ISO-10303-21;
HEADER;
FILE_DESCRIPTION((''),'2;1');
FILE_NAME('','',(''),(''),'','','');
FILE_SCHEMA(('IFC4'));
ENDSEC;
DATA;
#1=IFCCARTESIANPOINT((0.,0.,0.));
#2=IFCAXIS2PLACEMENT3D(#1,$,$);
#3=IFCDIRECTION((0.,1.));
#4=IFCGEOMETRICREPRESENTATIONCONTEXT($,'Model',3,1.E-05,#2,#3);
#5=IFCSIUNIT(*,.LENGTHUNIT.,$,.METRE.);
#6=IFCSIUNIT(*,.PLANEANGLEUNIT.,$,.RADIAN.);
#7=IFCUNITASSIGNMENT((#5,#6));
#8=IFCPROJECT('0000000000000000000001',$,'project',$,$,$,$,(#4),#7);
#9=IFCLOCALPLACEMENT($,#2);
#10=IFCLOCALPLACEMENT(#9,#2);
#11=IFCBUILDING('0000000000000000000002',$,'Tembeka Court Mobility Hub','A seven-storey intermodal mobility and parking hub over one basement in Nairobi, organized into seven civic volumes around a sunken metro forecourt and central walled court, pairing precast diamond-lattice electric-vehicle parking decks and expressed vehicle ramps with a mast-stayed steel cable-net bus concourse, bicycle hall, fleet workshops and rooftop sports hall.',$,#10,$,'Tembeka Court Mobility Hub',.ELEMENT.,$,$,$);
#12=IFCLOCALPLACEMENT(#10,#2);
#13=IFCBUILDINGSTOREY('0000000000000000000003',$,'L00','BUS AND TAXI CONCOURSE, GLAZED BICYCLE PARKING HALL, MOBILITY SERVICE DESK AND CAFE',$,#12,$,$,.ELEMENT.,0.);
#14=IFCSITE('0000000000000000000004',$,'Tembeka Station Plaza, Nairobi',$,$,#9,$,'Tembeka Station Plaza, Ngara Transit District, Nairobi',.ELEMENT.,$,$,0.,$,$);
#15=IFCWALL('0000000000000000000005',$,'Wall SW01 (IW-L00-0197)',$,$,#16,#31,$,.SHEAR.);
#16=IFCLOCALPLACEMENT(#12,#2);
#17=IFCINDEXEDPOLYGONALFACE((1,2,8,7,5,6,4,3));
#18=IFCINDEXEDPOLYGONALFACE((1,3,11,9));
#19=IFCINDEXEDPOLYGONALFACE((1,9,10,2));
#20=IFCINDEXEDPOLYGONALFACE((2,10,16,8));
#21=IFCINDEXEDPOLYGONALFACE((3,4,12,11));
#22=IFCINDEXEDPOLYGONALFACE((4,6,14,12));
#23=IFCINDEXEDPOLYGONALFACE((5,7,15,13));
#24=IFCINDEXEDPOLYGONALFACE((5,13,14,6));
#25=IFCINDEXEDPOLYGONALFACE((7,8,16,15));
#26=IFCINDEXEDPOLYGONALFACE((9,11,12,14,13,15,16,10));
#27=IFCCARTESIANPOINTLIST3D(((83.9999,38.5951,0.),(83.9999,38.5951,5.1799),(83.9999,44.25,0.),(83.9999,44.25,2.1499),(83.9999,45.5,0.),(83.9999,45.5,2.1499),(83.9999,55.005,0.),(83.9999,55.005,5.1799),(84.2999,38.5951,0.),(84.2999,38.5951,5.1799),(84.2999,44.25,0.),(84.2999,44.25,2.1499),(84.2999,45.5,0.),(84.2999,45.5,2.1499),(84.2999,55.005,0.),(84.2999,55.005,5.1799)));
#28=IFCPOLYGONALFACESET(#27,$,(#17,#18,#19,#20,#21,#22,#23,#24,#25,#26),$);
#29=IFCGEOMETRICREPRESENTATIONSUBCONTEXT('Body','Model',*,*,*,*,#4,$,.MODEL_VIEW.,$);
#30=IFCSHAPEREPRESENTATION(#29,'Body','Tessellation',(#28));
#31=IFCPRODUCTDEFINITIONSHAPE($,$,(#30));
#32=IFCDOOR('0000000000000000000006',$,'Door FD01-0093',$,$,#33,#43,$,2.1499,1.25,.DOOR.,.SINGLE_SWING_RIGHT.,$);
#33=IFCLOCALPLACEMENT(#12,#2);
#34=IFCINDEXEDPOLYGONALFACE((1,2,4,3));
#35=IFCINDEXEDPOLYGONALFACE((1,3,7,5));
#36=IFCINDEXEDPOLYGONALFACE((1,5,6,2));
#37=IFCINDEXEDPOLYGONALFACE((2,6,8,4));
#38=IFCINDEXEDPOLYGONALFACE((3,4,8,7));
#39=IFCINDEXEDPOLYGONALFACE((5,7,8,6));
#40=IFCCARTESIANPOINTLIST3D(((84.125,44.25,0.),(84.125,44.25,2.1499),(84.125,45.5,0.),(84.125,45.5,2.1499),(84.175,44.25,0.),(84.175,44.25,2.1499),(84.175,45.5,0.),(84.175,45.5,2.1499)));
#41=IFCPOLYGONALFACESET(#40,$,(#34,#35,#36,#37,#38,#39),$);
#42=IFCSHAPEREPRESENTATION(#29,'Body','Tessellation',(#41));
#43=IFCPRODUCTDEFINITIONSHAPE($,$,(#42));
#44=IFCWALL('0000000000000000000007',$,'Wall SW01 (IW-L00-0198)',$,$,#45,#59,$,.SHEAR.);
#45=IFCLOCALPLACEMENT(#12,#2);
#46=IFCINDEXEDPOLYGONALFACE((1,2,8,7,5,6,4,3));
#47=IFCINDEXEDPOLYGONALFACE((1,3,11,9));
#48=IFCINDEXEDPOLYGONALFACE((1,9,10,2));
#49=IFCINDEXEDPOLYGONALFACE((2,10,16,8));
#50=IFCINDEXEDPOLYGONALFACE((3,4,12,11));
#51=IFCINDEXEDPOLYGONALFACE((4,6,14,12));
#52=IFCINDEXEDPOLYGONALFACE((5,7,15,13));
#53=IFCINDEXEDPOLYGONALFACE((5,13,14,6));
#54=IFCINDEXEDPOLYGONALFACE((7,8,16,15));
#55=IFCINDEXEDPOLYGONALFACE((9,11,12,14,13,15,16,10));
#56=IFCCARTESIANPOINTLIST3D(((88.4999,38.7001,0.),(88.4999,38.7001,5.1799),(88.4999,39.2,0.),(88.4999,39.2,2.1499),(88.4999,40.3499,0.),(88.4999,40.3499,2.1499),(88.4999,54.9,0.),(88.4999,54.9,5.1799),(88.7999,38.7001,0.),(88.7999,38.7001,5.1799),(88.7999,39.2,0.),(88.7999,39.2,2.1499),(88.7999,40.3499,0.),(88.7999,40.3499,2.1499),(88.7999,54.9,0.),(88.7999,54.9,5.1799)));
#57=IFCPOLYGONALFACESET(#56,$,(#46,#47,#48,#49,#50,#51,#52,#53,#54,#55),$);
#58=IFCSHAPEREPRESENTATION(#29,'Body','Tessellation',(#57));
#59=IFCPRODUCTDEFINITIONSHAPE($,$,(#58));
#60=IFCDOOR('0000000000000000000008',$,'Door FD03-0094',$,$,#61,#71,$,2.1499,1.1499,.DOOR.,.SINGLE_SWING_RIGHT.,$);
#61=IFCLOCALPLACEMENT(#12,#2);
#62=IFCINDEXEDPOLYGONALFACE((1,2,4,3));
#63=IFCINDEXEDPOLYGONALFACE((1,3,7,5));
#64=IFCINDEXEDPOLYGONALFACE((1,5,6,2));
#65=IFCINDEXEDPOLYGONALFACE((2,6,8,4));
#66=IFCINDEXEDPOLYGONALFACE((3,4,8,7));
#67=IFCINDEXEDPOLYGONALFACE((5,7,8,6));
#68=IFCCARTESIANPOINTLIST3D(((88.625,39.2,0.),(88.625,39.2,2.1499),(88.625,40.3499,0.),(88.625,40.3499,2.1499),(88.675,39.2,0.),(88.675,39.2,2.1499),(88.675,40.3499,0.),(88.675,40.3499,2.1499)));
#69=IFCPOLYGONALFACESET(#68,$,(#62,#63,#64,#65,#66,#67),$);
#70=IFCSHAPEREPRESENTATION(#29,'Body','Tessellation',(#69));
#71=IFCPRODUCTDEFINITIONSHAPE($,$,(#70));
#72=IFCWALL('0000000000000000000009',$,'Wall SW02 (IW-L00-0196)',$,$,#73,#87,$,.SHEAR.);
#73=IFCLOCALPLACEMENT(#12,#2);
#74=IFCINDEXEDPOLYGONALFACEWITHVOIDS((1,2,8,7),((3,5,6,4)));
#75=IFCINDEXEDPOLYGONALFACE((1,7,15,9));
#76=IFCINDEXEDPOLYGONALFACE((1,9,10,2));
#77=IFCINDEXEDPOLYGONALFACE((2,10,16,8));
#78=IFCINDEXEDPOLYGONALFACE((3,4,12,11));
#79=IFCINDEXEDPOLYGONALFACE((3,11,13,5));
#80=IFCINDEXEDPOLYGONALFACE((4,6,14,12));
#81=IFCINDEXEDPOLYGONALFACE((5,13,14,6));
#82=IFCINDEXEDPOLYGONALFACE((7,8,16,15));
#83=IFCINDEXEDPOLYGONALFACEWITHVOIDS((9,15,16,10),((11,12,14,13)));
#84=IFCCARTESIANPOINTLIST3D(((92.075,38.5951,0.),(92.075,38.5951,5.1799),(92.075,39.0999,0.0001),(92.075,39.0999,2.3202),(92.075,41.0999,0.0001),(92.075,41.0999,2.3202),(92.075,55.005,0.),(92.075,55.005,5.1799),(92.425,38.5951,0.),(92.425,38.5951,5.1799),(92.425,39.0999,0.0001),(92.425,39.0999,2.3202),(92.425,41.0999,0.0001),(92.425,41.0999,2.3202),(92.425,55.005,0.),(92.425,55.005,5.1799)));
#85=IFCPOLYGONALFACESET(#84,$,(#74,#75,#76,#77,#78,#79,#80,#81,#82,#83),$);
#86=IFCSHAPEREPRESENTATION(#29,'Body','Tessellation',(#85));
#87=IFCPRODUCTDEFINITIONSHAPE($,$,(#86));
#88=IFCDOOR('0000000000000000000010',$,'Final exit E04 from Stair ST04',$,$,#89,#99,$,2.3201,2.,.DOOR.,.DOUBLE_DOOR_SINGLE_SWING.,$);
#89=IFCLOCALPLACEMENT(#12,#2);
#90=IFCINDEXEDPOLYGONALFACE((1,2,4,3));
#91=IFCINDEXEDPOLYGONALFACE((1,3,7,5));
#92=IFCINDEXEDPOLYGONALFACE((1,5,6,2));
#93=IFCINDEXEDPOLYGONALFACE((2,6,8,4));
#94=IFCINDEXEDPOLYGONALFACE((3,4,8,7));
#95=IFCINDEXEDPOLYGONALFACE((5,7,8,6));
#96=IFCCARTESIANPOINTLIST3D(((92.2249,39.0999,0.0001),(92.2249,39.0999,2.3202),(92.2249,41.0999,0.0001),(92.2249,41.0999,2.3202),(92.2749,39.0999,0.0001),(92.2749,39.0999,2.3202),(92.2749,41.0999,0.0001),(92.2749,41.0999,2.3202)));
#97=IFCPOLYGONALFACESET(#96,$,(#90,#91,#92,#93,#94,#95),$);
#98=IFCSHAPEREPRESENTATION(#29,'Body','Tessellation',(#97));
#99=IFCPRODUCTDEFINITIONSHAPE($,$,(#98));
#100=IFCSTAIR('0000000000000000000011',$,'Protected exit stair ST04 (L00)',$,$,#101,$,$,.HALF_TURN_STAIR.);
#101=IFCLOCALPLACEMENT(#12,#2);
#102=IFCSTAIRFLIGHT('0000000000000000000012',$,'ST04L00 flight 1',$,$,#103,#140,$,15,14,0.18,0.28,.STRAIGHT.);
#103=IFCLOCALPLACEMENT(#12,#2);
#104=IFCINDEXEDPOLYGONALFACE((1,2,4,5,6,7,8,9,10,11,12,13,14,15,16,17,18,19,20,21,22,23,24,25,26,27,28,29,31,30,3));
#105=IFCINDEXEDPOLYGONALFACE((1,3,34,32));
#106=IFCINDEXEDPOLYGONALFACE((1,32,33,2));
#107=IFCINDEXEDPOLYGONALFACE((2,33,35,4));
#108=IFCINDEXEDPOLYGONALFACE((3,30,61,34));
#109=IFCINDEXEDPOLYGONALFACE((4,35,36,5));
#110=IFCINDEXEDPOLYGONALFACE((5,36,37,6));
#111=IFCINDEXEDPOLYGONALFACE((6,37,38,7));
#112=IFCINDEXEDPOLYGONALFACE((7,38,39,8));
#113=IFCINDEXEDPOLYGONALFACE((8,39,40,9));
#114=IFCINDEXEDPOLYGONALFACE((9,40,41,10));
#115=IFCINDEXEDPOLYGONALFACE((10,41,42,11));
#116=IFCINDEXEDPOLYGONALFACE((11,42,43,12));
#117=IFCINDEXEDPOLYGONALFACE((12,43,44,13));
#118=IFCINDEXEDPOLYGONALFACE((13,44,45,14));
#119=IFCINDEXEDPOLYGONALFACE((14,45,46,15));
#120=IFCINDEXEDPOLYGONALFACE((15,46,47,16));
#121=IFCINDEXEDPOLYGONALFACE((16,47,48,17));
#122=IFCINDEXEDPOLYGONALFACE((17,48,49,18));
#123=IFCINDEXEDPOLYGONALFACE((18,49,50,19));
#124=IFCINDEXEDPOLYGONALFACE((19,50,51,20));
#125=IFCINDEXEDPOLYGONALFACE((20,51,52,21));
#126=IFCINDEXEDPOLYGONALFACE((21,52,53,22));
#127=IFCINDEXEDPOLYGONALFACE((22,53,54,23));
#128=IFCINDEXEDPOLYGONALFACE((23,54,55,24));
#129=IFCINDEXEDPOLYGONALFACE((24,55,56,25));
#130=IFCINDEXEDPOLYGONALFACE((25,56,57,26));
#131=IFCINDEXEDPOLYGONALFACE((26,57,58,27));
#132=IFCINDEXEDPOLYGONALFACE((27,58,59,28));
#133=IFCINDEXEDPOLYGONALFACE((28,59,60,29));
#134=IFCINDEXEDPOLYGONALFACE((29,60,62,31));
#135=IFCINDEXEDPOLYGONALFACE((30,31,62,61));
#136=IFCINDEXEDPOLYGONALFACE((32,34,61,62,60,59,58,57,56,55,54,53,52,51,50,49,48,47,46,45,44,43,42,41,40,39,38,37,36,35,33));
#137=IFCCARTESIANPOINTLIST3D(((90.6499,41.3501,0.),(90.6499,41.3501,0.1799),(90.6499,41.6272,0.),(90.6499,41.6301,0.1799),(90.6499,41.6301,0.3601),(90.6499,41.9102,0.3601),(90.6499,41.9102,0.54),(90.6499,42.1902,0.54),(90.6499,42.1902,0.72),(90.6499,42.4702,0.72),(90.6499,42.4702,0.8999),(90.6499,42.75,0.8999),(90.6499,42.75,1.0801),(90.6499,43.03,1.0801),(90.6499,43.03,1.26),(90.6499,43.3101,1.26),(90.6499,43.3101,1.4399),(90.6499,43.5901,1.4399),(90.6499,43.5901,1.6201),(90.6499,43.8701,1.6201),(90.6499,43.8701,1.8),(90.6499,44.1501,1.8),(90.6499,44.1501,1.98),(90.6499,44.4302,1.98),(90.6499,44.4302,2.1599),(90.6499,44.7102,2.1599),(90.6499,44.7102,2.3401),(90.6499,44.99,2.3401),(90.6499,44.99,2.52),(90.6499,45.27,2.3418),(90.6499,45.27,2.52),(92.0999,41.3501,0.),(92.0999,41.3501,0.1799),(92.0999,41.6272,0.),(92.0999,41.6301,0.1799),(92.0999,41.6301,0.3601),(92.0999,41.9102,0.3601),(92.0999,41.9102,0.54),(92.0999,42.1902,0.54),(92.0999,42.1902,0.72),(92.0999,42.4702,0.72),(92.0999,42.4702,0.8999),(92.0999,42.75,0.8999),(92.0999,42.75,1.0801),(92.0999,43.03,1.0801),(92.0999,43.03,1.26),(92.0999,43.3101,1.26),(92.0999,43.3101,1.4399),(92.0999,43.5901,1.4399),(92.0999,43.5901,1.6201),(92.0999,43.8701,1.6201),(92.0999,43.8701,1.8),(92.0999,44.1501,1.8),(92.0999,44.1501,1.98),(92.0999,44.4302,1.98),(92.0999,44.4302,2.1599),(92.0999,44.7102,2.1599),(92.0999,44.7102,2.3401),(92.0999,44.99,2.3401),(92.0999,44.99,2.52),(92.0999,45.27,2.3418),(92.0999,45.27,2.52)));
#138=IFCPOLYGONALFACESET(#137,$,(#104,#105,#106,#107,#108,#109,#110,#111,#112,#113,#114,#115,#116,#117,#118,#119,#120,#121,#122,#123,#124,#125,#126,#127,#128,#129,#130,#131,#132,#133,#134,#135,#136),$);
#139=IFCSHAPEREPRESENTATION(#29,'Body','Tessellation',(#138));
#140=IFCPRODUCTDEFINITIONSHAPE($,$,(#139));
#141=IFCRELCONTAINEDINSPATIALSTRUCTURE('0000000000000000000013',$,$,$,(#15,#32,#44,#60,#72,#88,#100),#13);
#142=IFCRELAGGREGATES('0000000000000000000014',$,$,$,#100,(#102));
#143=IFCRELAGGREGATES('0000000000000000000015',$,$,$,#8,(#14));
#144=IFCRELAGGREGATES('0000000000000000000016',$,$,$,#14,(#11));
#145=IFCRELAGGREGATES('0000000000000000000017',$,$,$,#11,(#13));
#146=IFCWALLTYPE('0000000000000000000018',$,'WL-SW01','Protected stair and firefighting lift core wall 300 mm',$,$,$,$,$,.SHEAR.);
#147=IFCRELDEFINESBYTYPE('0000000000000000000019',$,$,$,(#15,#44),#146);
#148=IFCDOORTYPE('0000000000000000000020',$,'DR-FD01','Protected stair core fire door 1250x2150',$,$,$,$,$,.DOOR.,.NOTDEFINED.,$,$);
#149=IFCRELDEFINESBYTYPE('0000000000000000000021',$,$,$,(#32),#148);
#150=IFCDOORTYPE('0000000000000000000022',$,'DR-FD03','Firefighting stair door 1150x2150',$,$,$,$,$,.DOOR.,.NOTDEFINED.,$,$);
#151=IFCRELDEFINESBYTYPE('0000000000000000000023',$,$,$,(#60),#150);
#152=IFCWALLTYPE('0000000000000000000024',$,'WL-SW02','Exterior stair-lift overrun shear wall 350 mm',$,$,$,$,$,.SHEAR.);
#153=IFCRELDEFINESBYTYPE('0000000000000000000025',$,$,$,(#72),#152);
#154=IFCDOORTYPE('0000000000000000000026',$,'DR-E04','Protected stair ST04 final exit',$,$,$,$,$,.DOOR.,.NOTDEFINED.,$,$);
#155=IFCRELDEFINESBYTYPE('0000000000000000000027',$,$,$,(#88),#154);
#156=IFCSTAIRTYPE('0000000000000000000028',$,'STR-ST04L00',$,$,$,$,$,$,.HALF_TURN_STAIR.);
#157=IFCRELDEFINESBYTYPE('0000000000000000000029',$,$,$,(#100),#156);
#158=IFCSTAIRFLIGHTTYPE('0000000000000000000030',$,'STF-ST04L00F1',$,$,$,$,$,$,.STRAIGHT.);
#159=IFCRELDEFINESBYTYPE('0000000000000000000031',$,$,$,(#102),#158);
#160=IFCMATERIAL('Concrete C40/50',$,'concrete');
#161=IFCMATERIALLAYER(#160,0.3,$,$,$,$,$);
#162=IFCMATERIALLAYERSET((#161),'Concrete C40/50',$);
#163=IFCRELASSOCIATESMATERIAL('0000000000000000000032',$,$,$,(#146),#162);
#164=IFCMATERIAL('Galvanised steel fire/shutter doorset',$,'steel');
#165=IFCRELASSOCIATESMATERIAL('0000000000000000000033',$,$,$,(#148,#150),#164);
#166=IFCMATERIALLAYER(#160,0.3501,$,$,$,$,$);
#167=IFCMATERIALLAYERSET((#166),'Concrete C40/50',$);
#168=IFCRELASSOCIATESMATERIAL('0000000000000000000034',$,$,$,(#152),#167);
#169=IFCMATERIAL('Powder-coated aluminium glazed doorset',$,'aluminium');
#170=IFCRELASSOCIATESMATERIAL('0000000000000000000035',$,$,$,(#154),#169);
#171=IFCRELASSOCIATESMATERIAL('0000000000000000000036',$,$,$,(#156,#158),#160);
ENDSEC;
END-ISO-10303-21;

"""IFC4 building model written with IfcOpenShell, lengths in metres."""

from ifc_helpers import new_model, si_unit, direction, frame, frame_2d, origin, place, context, subcontext, project, spatial, polyline, rectangle, outline, extrude, material, layer, layer_set, type_object, element, fill, aggregate, save


model = new_model("IFC4")

# Units and contexts
model_context = context("Model", 3, precision=1e-05, world=origin(), true_north=direction((0.0, 1.0)))
body_context = subcontext(model_context, "Body", "Model", "MODEL_VIEW")
ifc_project = project(units=[si_unit("LENGTHUNIT", "METRE"), si_unit("PLANEANGLEUNIT", "RADIAN")], contexts=[model_context])

# Site, building, storey
site_placement = place(None, origin())
site = spatial("IfcSite", under=ifc_project, at=site_placement, Name="Tembeka Station Plaza, Nairobi", LongName="Tembeka Station Plaza, Ngara Transit District, Nairobi", CompositionType="ELEMENT", RefElevation=0.0)
building_placement = place(site_placement, origin())
building = spatial("IfcBuilding", under=site, at=building_placement, Name="Tembeka Court Mobility Hub", Description="A seven-storey intermodal mobility and parking hub over one basement in Nairobi, organized into seven civic volumes around a sunken metro forecourt and central walled court, pairing precast diamond-lattice electric-vehicle parking decks and expressed vehicle ramps with a mast-stayed steel cable-net bus concourse, bicycle hall, fleet workshops and rooftop sports hall.", LongName="Tembeka Court Mobility Hub", CompositionType="ELEMENT")
storey_placement = place(building_placement, origin())
storey = spatial("IfcBuildingStorey", under=building, at=storey_placement, Name="L00", Description="BUS AND TAXI CONCOURSE, GLAZED BICYCLE PARKING HALL, MOBILITY SERVICE DESK AND CAFE", CompositionType="ELEMENT", Elevation=0.0)

# Shared definitions
ifc_material_1 = material(Name="Concrete C40/50", Category="concrete")
ifc_layer_1 = layer(ifc_material_1, 0.3)
ifc_layer_set_1 = layer_set([ifc_layer_1], Name="Concrete C40/50")
wall_type_1 = type_object("IfcWallType", Name="WL-SW01", Description="Protected stair and firefighting lift core wall 300 mm", PredefinedType="SHEAR", material=ifc_layer_set_1)

# Walls, openings, doors
wall_1_placement = place(storey_placement, frame((84.1499, 38.595, 0.0), z_axis=(0.0, 0.0, 1.0), x_axis=(0.0, 1.0, 0.0)))
wall_1 = element("IfcWall", 1, at=wall_1_placement, inside=storey, type_object=wall_type_1, Name="Wall SW01 (IW-L00-0197)", PredefinedType="SHEAR", context=body_context, shape_type="SweptSolid", body=[
    extrude(rectangle(XDim=16.4099, YDim=0.3, at=frame_2d((8.2051, 0.0))), origin(), (0.0, 0.0, 1.0), 5.1799),
])
opening_1_placement = place(wall_1_placement, frame((5.655, 0.0, 0.0)))
opening_1 = element("IfcOpeningElement", 2, at=opening_1_placement, cuts=wall_1, PredefinedType="OPENING", context=body_context, shape_type="SweptSolid", body=[
    extrude(rectangle(XDim=1.25, YDim=2.1499, at=frame_2d((0.625, 1.075))), frame((0.0, 0.1602, 0.0), z_axis=(0.0, -1.0, 0.0), x_axis=(1.0, 0.0, 0.0)), (0.0, 0.0, 1.0), 0.3201),
])
ifc_material_2 = material(Name="Galvanised steel fire/shutter doorset", Category="steel")
door_type_1 = type_object("IfcDoorType", Name="DR-FD01", Description="Protected stair core fire door 1250x2150", OperationType="NOTDEFINED", PredefinedType="DOOR", material=ifc_material_2)
door_1_placement = place(opening_1_placement, origin())
door_1 = element("IfcDoor", 3, at=door_1_placement, inside=storey, type_object=door_type_1, Name="Door FD01-0093", OperationType="SINGLE_SWING_RIGHT", OverallHeight=2.1499, OverallWidth=1.25, PredefinedType="DOOR", context=body_context, shape_type="SweptSolid", body=[
    extrude(rectangle(XDim=1.25, YDim=2.1499, at=frame_2d((0.625, 1.075))), frame((0.0, 0.0249, 0.0), z_axis=(0.0, -1.0, 0.0), x_axis=(1.0, 0.0, 0.0)), (0.0, 0.0, 1.0), 0.05),
])
fill(opening_1, door_1)
wall_2_placement = place(storey_placement, frame((88.6499, 38.7, 0.0), z_axis=(0.0, 0.0, 1.0), x_axis=(0.0, 1.0, 0.0)))
wall_2 = element("IfcWall", 4, at=wall_2_placement, inside=storey, type_object=wall_type_1, Name="Wall SW01 (IW-L00-0198)", PredefinedType="SHEAR", context=body_context, shape_type="SweptSolid", body=[
    extrude(rectangle(XDim=16.2, YDim=0.3, at=frame_2d((8.1001, 0.0))), origin(), (0.0, 0.0, 1.0), 5.1799),
])
opening_2_placement = place(wall_2_placement, frame((0.5, 0.0, 0.0)))
opening_2 = element("IfcOpeningElement", 5, at=opening_2_placement, cuts=wall_2, PredefinedType="OPENING", context=body_context, shape_type="SweptSolid", body=[
    extrude(rectangle(XDim=1.1499, YDim=2.1499, at=frame_2d((0.575, 1.075))), frame((0.0, 0.1602, 0.0), z_axis=(0.0, -1.0, 0.0), x_axis=(1.0, 0.0, 0.0)), (0.0, 0.0, 1.0), 0.3201),
])
door_type_2 = type_object("IfcDoorType", Name="DR-FD03", Description="Firefighting stair door 1150x2150", OperationType="NOTDEFINED", PredefinedType="DOOR", material=ifc_material_2)
door_2_placement = place(opening_2_placement, origin())
door_2 = element("IfcDoor", 6, at=door_2_placement, inside=storey, type_object=door_type_2, Name="Door FD03-0094", OperationType="SINGLE_SWING_RIGHT", OverallHeight=2.1499, OverallWidth=1.1499, PredefinedType="DOOR", context=body_context, shape_type="SweptSolid", body=[
    extrude(rectangle(XDim=1.1499, YDim=2.1499, at=frame_2d((0.575, 1.075))), frame((0.0, 0.0249, 0.0), z_axis=(0.0, -1.0, 0.0), x_axis=(1.0, 0.0, 0.0)), (0.0, 0.0, 1.0), 0.05),
])
fill(opening_2, door_2)
ifc_layer_2 = layer(ifc_material_1, 0.3501)
ifc_layer_set_2 = layer_set([ifc_layer_2], Name="Concrete C40/50")
wall_type_2 = type_object("IfcWallType", Name="WL-SW02", Description="Exterior stair-lift overrun shear wall 350 mm", PredefinedType="SHEAR", material=ifc_layer_set_2)
wall_3_placement = place(storey_placement, frame((92.25, 38.595, 0.0), z_axis=(0.0, 0.0, 1.0), x_axis=(0.0, 1.0, 0.0)))
wall_3 = element("IfcWall", 7, at=wall_3_placement, inside=storey, type_object=wall_type_2, Name="Wall SW02 (IW-L00-0196)", PredefinedType="SHEAR", context=body_context, shape_type="SweptSolid", body=[
    extrude(rectangle(XDim=16.4099, YDim=0.3501, at=frame_2d((8.2051, 0.0))), origin(), (0.0, 0.0, 1.0), 5.1799),
])
opening_3_placement = place(wall_3_placement, frame((0.5049, 0.0, 0.0)))
opening_3 = element("IfcOpeningElement", 8, at=opening_3_placement, cuts=wall_3, PredefinedType="OPENING", context=body_context, shape_type="SweptSolid", body=[
    extrude(rectangle(XDim=2.0, YDim=2.3201, at=frame_2d((1.0, 1.1602))), frame((0.0, 0.1851, 0.0), z_axis=(0.0, -1.0, 0.0), x_axis=(1.0, 0.0, 0.0)), (0.0, 0.0, 1.0), 0.3701),
])
ifc_material_3 = material(Name="Powder-coated aluminium glazed doorset", Category="aluminium")
door_type_3 = type_object("IfcDoorType", Name="DR-E04", Description="Protected stair ST04 final exit", OperationType="NOTDEFINED", PredefinedType="DOOR", material=ifc_material_3)
door_3_placement = place(opening_3_placement, frame((2.0, 0.0, 0.0), z_axis=(0.0, 0.0, 1.0), x_axis=(-1.0, 0.0, 0.0)))
door_3 = element("IfcDoor", 9, at=door_3_placement, inside=storey, type_object=door_type_3, Name="Final exit E04 from Stair ST04", OperationType="DOUBLE_DOOR_SINGLE_SWING", OverallHeight=2.3201, OverallWidth=2.0, PredefinedType="DOOR", context=body_context, shape_type="SweptSolid", body=[
    extrude(rectangle(XDim=2.0, YDim=2.3201, at=frame_2d((1.0, 1.1602))), frame((0.0, 0.0249, 0.0), z_axis=(0.0, -1.0, 0.0), x_axis=(1.0, 0.0, 0.0)), (0.0, 0.0, 1.0), 0.05),
])
fill(opening_3, door_3)

# Stair, stair flight
stair_type = type_object("IfcStairType", Name="STR-ST04L00", PredefinedType="HALF_TURN_STAIR", material=ifc_material_1)
stair_placement = place(storey_placement, origin())
stair = element("IfcStair", 10, at=stair_placement, inside=storey, type_object=stair_type, Name="Protected exit stair ST04 (L00)", PredefinedType="HALF_TURN_STAIR")
stair_flight_type_1 = type_object("IfcStairFlightType", Name="STF-ST04L00F1", PredefinedType="STRAIGHT", material=ifc_material_1)
stair_flight_1_placement = place(storey_placement, frame((91.375, 41.3501, 0.0), z_axis=(0.0, 0.0, 1.0), x_axis=(0.0, 1.0, 0.0)))
stair_flight_1 = element("IfcStairFlight", 11, at=stair_flight_1_placement, type_object=stair_flight_type_1, Name="ST04L00 flight 1", NumberOfRisers=15, NumberOfTreads=14, PredefinedType="STRAIGHT", RiserHeight=0.18, TreadLength=0.28, context=body_context, shape_type="SweptSolid", body=[
    extrude(outline(polyline([(0.0, 0.0), (0.0, 0.1799), (0.28, 0.1799), (0.28, 0.3601), (0.5601, 0.3601), (0.5601, 0.54), (0.8401, 0.54), (0.8401, 0.72), (1.1201, 0.72), (1.1201, 0.8999), (1.3999, 0.8999), (1.3999, 1.0801), (1.6799, 1.0801), (1.6799, 1.26), (1.96, 1.26), (1.96, 1.4399), (2.24, 1.4399), (2.24, 1.6201), (2.52, 1.6201), (2.52, 1.8), (2.8, 1.8), (2.8, 1.98), (3.0801, 1.98), (3.0801, 2.1599), (3.3601, 2.1599), (3.3601, 2.3401), (3.6399, 2.3401), (3.6399, 2.52), (3.9199, 2.52), (3.9199, 2.7), (3.9199, 2.3418), (0.2771, 0.0), (0.0, 0.0)])), frame((0.0, 0.7251, 0.0), z_axis=(0.0, -1.0, 0.0), x_axis=(1.0, 0.0, 0.0)), (0.0, 0.0, 1.0), 1.45),
])
aggregate(stair, [stair_flight_1])

save(model, "model.ifc")
